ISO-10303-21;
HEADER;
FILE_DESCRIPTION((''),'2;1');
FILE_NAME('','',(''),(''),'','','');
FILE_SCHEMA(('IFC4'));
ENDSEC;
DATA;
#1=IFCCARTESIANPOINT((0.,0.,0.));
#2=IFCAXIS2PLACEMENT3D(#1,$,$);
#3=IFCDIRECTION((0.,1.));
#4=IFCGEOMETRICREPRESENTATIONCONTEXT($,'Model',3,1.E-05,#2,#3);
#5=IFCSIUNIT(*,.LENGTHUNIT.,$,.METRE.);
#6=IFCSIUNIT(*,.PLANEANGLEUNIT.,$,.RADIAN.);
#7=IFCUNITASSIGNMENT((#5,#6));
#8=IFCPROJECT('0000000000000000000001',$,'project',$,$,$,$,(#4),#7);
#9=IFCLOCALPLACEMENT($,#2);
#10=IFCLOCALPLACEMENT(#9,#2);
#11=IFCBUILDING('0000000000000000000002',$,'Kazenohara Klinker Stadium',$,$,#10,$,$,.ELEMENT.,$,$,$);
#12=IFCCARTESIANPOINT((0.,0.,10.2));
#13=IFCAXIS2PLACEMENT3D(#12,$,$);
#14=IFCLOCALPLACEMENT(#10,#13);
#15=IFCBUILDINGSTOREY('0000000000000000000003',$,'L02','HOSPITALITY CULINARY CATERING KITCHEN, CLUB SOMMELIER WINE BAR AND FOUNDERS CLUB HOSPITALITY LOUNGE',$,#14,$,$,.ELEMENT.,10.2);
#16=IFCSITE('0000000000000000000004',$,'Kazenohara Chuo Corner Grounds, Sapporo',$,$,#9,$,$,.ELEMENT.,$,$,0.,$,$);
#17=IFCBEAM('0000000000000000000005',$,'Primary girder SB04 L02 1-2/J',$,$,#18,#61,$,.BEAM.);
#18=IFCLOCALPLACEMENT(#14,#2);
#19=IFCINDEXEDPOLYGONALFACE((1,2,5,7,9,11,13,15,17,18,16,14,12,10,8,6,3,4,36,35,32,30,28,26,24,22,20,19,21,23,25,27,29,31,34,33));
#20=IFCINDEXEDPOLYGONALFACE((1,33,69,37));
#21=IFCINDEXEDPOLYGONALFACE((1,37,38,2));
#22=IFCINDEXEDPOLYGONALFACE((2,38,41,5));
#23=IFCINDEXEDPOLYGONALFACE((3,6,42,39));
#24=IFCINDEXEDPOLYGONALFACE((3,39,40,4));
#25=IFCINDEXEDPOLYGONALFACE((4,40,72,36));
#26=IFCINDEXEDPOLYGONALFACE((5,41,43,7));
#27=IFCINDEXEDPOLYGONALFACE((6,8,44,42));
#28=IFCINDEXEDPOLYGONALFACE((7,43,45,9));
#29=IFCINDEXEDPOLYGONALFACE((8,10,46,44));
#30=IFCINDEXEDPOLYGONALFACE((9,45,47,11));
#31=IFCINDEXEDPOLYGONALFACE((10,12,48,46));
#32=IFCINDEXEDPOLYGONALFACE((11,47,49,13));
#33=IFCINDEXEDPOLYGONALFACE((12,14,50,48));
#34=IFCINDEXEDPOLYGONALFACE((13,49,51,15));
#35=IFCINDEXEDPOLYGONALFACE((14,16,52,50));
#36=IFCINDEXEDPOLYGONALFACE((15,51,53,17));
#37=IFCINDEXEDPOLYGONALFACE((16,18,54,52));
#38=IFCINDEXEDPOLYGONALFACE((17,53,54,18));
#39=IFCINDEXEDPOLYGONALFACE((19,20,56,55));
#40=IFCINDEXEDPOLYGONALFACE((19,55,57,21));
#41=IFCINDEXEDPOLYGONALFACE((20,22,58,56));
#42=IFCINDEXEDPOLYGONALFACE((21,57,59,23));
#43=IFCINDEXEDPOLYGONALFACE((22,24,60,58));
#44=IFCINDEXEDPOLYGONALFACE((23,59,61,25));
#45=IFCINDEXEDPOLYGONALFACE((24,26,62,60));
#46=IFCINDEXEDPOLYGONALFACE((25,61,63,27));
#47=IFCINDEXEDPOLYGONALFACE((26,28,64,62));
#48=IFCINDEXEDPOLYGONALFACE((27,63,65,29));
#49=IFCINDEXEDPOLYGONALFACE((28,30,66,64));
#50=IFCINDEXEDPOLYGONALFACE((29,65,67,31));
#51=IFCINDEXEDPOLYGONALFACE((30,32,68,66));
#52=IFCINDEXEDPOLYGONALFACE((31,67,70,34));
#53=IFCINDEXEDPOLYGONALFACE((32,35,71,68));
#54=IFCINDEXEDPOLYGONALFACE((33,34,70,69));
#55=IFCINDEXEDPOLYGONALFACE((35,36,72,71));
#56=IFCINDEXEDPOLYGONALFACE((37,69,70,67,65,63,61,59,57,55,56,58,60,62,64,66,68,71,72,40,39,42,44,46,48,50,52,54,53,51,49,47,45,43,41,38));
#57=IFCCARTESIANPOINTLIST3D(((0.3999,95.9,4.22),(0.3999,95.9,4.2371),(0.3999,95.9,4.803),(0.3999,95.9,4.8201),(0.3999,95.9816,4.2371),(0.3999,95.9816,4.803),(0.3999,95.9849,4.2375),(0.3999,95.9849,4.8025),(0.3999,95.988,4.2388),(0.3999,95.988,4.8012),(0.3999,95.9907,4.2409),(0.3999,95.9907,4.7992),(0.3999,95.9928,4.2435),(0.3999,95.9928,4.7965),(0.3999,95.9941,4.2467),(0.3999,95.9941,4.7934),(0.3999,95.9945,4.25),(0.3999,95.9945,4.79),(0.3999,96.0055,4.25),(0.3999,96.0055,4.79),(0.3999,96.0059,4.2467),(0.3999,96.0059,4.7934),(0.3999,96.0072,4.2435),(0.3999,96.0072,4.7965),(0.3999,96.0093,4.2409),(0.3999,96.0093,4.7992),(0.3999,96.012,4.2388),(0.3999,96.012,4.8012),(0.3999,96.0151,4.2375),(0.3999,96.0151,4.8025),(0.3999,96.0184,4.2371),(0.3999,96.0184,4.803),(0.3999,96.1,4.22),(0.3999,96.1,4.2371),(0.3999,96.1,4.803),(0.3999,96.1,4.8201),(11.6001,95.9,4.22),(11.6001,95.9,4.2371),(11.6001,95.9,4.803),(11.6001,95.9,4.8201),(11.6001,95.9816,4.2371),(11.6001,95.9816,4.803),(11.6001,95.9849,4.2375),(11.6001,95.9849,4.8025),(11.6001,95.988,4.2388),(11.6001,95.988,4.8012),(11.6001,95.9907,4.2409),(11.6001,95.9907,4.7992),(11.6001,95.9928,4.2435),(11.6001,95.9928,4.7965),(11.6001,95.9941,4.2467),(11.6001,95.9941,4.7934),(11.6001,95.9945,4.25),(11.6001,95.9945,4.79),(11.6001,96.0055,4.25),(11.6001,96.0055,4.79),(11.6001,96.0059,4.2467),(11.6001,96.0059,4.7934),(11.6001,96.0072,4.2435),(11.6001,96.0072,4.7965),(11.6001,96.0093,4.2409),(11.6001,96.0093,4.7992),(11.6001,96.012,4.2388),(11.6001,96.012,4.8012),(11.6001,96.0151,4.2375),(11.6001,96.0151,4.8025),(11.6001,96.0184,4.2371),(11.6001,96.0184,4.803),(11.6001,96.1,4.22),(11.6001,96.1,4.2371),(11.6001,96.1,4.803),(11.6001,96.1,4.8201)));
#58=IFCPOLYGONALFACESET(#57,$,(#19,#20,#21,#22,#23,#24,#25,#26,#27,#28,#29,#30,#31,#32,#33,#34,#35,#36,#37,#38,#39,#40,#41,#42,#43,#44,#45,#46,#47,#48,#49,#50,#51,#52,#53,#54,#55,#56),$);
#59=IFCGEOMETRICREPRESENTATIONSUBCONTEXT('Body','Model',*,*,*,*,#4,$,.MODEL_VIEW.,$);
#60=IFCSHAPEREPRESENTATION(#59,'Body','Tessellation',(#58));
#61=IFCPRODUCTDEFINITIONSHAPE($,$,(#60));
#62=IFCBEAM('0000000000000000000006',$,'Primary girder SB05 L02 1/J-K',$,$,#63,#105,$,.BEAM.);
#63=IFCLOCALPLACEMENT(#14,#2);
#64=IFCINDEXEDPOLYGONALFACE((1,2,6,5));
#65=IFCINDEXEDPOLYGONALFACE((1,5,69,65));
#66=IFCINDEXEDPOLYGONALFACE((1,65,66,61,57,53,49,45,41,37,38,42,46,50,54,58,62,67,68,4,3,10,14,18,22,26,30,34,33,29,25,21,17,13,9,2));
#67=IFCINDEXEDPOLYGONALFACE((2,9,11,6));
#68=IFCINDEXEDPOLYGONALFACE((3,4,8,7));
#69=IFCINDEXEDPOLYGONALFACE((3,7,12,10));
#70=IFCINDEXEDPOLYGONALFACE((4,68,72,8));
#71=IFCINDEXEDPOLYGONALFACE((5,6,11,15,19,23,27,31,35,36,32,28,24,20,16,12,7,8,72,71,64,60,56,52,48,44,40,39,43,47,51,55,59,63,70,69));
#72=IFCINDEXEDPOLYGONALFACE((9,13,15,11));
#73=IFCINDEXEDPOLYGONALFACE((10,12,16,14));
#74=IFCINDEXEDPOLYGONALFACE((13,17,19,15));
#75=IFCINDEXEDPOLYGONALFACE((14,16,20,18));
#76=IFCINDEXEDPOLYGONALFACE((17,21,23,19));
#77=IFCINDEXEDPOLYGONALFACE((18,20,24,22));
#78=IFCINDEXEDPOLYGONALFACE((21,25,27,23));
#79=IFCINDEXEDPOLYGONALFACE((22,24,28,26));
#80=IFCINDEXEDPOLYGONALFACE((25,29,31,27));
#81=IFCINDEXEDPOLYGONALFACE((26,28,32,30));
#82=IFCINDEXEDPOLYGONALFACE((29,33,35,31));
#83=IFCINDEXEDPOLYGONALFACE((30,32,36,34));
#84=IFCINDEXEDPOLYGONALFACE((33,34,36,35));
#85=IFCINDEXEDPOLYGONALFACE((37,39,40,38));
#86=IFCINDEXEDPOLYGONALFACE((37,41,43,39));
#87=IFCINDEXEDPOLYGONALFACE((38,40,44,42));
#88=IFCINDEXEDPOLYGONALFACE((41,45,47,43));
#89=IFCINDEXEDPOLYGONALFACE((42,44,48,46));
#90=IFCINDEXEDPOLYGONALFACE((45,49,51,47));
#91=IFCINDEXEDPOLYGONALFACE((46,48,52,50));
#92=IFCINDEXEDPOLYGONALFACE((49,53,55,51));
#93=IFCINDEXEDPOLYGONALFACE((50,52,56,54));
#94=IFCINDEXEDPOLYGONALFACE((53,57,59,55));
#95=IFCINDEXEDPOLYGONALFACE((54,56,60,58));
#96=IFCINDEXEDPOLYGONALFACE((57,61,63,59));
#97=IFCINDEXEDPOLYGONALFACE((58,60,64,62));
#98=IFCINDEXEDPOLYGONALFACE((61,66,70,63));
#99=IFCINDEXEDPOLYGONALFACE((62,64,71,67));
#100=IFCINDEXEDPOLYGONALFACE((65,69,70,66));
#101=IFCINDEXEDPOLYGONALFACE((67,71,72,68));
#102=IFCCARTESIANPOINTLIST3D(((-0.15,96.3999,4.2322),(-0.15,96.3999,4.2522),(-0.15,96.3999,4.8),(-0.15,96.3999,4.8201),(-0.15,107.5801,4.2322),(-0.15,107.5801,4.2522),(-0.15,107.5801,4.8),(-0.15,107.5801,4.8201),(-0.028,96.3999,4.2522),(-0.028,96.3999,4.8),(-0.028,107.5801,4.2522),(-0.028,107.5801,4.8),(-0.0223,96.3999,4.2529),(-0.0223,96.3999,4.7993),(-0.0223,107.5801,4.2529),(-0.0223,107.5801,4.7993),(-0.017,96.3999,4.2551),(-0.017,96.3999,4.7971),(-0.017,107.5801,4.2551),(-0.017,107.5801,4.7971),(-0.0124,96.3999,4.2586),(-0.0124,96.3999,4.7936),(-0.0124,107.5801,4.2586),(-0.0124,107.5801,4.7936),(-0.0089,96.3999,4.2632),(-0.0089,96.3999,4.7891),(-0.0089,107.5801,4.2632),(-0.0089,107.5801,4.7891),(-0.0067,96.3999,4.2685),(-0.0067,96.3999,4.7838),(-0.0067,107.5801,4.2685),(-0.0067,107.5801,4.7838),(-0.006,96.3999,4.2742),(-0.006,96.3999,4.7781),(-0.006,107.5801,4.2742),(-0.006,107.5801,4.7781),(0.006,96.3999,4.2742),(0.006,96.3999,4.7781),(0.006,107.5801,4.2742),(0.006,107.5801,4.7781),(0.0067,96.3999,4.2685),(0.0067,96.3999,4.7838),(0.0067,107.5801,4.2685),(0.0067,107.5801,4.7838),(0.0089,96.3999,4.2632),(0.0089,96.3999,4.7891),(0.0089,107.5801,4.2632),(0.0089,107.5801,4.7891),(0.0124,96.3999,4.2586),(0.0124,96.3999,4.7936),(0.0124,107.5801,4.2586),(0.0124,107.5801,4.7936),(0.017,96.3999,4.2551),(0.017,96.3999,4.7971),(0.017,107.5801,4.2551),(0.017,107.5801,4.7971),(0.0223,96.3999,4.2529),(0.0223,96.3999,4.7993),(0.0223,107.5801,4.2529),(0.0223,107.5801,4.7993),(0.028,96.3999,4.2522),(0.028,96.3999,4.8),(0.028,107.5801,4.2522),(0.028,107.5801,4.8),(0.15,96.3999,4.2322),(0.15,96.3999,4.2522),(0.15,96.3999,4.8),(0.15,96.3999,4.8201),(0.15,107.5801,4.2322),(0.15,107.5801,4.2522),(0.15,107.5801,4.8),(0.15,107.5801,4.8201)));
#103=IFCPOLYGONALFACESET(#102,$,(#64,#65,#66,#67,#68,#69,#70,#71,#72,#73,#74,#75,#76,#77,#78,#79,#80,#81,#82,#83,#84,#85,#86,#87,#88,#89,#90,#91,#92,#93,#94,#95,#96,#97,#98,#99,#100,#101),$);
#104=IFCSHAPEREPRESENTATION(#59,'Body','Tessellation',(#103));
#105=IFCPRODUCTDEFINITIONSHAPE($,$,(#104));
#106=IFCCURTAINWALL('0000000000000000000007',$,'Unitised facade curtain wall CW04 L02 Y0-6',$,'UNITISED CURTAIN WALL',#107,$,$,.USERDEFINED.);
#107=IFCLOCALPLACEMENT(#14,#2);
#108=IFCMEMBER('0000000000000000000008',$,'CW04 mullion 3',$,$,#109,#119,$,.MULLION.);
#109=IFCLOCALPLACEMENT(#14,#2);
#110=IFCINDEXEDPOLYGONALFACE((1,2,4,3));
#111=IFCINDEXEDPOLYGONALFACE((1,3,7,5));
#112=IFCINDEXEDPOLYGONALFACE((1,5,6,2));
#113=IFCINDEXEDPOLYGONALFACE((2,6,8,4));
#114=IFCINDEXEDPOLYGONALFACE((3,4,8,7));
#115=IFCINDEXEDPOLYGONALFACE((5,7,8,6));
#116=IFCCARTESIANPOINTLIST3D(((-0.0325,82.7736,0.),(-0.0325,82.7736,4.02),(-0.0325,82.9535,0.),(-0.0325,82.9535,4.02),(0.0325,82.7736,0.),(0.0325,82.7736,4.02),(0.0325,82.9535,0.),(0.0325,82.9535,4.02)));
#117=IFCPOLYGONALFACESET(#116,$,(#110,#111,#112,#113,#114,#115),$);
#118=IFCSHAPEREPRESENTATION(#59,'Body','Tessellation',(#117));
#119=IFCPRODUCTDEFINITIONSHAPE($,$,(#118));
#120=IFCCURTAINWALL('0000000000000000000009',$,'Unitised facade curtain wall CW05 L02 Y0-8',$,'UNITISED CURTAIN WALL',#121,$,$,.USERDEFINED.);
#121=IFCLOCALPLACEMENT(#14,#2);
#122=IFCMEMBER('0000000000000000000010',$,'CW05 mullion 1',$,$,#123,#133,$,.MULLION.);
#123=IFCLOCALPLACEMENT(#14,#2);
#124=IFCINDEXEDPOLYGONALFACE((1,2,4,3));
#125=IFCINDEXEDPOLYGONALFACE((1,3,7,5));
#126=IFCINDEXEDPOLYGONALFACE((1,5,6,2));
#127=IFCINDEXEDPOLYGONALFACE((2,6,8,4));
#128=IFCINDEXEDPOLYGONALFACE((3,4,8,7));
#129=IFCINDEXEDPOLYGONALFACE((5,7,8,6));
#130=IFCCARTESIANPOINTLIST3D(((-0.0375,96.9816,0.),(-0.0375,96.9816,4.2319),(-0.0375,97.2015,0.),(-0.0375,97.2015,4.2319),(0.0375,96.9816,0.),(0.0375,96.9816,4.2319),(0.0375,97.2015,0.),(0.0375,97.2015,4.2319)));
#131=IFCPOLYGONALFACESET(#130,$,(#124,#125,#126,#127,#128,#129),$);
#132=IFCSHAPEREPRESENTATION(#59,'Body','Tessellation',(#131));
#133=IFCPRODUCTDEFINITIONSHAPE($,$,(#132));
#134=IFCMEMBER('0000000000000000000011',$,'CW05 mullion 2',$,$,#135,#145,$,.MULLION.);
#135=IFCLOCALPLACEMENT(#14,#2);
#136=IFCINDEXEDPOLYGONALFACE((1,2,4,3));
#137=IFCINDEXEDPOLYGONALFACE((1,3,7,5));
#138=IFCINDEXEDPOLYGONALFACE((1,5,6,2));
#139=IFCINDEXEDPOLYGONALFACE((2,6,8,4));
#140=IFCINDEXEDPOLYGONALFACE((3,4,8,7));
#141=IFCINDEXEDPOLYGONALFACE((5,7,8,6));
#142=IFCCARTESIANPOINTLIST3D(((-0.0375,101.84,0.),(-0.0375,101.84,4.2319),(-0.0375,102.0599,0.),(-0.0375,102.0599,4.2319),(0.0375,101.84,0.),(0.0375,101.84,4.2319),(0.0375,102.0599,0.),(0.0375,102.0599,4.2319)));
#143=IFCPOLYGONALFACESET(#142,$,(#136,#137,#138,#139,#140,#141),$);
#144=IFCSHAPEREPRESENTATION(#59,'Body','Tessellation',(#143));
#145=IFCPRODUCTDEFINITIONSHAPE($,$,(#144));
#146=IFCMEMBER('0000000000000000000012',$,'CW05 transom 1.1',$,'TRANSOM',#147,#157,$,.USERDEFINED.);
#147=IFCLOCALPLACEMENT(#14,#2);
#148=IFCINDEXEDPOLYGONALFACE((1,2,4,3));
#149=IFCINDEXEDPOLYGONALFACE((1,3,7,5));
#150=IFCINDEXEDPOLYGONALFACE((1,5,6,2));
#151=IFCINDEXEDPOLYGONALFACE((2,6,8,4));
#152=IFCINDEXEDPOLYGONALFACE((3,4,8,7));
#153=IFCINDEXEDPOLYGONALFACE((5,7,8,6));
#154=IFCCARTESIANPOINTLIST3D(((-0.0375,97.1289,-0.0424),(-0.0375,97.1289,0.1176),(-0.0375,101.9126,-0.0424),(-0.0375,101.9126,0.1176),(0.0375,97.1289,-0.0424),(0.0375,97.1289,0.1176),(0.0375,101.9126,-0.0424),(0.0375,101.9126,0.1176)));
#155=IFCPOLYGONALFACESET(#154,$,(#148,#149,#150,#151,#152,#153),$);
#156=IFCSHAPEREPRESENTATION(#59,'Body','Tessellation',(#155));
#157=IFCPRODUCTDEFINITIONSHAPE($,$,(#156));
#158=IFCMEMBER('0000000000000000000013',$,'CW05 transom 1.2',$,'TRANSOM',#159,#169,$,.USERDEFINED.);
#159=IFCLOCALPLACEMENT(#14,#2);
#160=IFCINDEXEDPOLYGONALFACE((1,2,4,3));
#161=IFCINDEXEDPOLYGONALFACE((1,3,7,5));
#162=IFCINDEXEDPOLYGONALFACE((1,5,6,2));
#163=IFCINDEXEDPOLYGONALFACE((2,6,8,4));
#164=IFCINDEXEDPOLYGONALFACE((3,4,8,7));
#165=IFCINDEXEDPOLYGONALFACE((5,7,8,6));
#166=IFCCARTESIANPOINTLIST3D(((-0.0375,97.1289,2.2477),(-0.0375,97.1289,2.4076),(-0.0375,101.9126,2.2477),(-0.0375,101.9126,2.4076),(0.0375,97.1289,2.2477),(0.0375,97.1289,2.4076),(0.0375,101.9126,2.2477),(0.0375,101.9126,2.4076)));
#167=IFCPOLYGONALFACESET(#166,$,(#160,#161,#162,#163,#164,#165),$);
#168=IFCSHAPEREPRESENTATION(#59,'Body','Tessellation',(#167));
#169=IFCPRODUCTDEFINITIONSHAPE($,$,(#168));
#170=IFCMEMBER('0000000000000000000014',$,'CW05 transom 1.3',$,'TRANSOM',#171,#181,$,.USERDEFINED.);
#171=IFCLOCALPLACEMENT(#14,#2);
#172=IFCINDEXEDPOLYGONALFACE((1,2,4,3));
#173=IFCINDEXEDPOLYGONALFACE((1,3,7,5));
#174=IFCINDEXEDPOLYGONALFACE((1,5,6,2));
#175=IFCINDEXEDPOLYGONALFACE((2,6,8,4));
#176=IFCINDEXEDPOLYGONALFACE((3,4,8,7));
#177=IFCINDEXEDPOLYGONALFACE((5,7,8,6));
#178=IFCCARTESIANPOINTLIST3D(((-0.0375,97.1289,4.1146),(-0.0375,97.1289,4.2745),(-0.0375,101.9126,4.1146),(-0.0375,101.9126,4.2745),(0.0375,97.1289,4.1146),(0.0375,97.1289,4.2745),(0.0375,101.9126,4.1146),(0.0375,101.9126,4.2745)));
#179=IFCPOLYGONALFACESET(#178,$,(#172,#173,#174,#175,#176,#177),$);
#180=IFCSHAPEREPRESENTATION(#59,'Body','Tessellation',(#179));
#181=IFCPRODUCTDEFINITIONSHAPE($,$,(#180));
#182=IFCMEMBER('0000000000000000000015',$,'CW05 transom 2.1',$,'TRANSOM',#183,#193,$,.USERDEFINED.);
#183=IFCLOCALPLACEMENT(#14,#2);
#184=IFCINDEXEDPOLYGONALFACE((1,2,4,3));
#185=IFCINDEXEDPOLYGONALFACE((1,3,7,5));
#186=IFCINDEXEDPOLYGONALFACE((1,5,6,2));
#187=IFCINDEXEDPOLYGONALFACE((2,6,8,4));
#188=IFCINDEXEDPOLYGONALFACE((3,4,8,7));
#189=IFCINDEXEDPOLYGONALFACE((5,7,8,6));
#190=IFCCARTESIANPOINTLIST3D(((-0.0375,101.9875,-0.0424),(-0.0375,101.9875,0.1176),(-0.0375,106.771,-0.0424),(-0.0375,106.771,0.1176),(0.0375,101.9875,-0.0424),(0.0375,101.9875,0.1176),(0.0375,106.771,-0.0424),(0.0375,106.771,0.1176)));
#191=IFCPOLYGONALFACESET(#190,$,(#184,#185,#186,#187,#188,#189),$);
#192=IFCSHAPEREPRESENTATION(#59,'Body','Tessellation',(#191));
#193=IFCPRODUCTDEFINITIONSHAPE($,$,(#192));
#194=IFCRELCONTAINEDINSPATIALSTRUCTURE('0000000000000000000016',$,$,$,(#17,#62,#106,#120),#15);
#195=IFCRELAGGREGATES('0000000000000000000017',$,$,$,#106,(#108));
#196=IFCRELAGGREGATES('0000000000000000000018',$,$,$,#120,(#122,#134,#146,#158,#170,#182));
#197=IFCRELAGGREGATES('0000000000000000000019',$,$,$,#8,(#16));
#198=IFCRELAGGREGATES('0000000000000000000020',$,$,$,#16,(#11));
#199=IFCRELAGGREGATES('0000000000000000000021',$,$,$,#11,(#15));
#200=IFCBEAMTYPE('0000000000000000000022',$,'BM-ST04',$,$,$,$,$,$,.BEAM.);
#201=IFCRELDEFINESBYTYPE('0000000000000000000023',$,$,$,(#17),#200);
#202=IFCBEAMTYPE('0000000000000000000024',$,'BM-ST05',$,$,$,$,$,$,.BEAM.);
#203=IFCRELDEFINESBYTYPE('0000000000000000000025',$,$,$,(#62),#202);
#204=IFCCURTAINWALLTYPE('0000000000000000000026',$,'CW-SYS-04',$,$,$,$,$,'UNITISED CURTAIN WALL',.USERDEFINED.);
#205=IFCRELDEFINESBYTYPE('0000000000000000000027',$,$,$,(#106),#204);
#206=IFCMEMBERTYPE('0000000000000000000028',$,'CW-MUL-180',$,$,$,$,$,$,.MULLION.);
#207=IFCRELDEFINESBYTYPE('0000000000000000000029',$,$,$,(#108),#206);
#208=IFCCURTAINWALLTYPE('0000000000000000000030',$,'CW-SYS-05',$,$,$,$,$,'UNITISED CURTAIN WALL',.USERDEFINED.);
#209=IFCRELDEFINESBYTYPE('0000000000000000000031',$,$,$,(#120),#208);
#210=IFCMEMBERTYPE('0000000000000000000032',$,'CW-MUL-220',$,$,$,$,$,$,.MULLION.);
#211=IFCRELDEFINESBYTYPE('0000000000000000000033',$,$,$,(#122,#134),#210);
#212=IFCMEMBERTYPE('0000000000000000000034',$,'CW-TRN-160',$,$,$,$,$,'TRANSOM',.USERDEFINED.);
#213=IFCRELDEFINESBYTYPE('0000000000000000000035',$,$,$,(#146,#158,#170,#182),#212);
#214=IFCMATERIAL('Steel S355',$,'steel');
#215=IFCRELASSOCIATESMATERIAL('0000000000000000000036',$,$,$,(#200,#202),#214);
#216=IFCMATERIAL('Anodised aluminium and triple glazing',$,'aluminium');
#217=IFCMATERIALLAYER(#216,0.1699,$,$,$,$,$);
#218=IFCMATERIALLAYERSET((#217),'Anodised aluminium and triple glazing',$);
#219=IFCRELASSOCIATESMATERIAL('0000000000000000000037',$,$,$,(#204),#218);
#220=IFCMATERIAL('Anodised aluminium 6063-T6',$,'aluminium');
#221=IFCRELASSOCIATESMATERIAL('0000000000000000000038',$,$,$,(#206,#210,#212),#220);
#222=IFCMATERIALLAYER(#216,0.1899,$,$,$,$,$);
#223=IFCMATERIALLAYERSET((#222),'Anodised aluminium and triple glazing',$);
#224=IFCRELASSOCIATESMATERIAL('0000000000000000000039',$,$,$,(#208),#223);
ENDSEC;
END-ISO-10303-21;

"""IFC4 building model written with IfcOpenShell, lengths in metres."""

from ifc_helpers import new_model, si_unit, direction, frame, origin, origin_2d, place, context, subcontext, project, spatial, rectangle, i_section, extrude, material, layer, layer_set, material_profile, profile_set, type_object, element, aggregate, save


model = new_model("IFC4")

# Units and contexts
model_context = context("Model", 3, precision=1e-05, world=origin(), true_north=direction((0.0, 1.0)))
body_context = subcontext(model_context, "Body", "Model", "MODEL_VIEW")
ifc_project = project(units=[si_unit("LENGTHUNIT", "METRE"), si_unit("PLANEANGLEUNIT", "RADIAN")], contexts=[model_context])

# Site, building, storey
site_placement = place(None, origin())
site = spatial("IfcSite", under=ifc_project, at=site_placement, Name="Kazenohara Chuo Corner Grounds, Sapporo", CompositionType="ELEMENT", RefElevation=0.0)
building_placement = place(site_placement, origin())
building = spatial("IfcBuilding", under=site, at=building_placement, Name="Kazenohara Klinker Stadium", CompositionType="ELEMENT")
storey_placement = place(building_placement, frame((0.0, 0.0, 10.2)))
storey = spatial("IfcBuildingStorey", under=building, at=storey_placement, Name="L02", Description="HOSPITALITY CULINARY CATERING KITCHEN, CLUB SOMMELIER WINE BAR AND FOUNDERS CLUB HOSPITALITY LOUNGE", CompositionType="ELEMENT", Elevation=10.2)

# Beams
ifc_material_1 = material(Name="Steel S355", Category="steel")
ifc_material_profile_1 = material_profile(ifc_material_1, i_section(OverallWidth=0.2, OverallDepth=0.6001, WebThickness=0.011, FlangeThickness=0.0171, FilletRadius=0.0129, at=origin_2d()), Name="H-600x200x11x17")
ifc_profile_set_1 = profile_set([ifc_material_profile_1], Name="Steel S355")
beam_type_1 = type_object("IfcBeamType", Name="BM-ST04", PredefinedType="BEAM", material=ifc_profile_set_1)
beam_1_placement = place(storey_placement, frame((0.3999, 96.0, 4.52), z_axis=(1.0, 0.0, 0.0), x_axis=(0.0, 1.0, 0.0)))
element("IfcBeam", 1, at=beam_1_placement, inside=storey, type_object=beam_type_1, Name="Primary girder SB04 L02 1-2/J", PredefinedType="BEAM", context=body_context, shape_type="SweptSolid", body=[
    extrude(i_section(OverallWidth=0.2, OverallDepth=0.6001, WebThickness=0.011, FlangeThickness=0.0171, FilletRadius=0.0129, at=origin_2d()), origin(), (0.0, 0.0, 1.0), 11.2002),
])
ifc_material_profile_2 = material_profile(ifc_material_1, i_section(OverallWidth=0.3, OverallDepth=0.5879, WebThickness=0.012, FlangeThickness=0.02, FilletRadius=0.022, at=origin_2d()), Name="H-588x300x12x20")
ifc_profile_set_2 = profile_set([ifc_material_profile_2], Name="Steel S355")
beam_type_2 = type_object("IfcBeamType", Name="BM-ST05", PredefinedType="BEAM", material=ifc_profile_set_2)
beam_2_placement = place(storey_placement, frame((0.0, 96.3999, 4.5261), z_axis=(0.0, 1.0, 0.0), x_axis=(-1.0, 0.0, 0.0)))
element("IfcBeam", 2, at=beam_2_placement, inside=storey, type_object=beam_type_2, Name="Primary girder SB05 L02 1/J-K", PredefinedType="BEAM", context=body_context, shape_type="SweptSolid", body=[
    extrude(i_section(OverallWidth=0.3, OverallDepth=0.5879, WebThickness=0.012, FlangeThickness=0.02, FilletRadius=0.022, at=origin_2d()), origin(), (0.0, 0.0, 1.0), 11.1802),
])

# Curtain wall, member
ifc_material_2 = material(Name="Anodised aluminium and triple glazing", Category="aluminium")
ifc_layer_1 = layer(ifc_material_2, 0.1699)
ifc_layer_set_1 = layer_set([ifc_layer_1], Name="Anodised aluminium and triple glazing")
curtain_wall_type_1 = type_object("IfcCurtainWallType", Name="CW-SYS-04", ElementType="UNITISED CURTAIN WALL", PredefinedType="USERDEFINED", material=ifc_layer_set_1)
curtain_wall_1_placement = place(storey_placement, origin())
curtain_wall_1 = element("IfcCurtainWall", 3, at=curtain_wall_1_placement, inside=storey, type_object=curtain_wall_type_1, Name="Unitised facade curtain wall CW04 L02 Y0-6", ObjectType="UNITISED CURTAIN WALL", PredefinedType="USERDEFINED")
ifc_material_3 = material(Name="Anodised aluminium 6063-T6", Category="aluminium")
ifc_material_profile_3 = material_profile(ifc_material_3, rectangle(XDim=0.0649, YDim=0.1799, at=origin_2d()), Name="ALU-MUL-65x180")
ifc_profile_set_3 = profile_set([ifc_material_profile_3], Name="Anodised aluminium 6063-T6")
member_type_1 = type_object("IfcMemberType", Name="CW-MUL-180", PredefinedType="MULLION", material=ifc_profile_set_3)
member_1_placement = place(storey_placement, frame((0.0, 82.8635, 0.0), z_axis=(0.0, 0.0, 1.0), x_axis=(-1.0, 0.0, 0.0)))
member_1 = element("IfcMember", 4, at=member_1_placement, type_object=member_type_1, Name="CW04 mullion 3", PredefinedType="MULLION", context=body_context, shape_type="SweptSolid", body=[
    extrude(rectangle(XDim=0.0649, YDim=0.1799, at=origin_2d()), origin(), (0.0, 0.0, 1.0), 4.02),
])

# Curtain wall, members
ifc_layer_2 = layer(ifc_material_2, 0.1899)
ifc_layer_set_2 = layer_set([ifc_layer_2], Name="Anodised aluminium and triple glazing")
curtain_wall_type_2 = type_object("IfcCurtainWallType", Name="CW-SYS-05", ElementType="UNITISED CURTAIN WALL", PredefinedType="USERDEFINED", material=ifc_layer_set_2)
curtain_wall_2_placement = place(storey_placement, origin())
curtain_wall_2 = element("IfcCurtainWall", 5, at=curtain_wall_2_placement, inside=storey, type_object=curtain_wall_type_2, Name="Unitised facade curtain wall CW05 L02 Y0-8", ObjectType="UNITISED CURTAIN WALL", PredefinedType="USERDEFINED")
ifc_material_profile_4 = material_profile(ifc_material_3, rectangle(XDim=0.075, YDim=0.22, at=origin_2d()), Name="ALU-MUL-75x220")
ifc_profile_set_4 = profile_set([ifc_material_profile_4], Name="Anodised aluminium 6063-T6")
member_type_2 = type_object("IfcMemberType", Name="CW-MUL-220", PredefinedType="MULLION", material=ifc_profile_set_4)
member_2_placement = place(storey_placement, frame((0.0, 97.0916, 0.0), z_axis=(0.0, 0.0, 1.0), x_axis=(-1.0, 0.0, 0.0)))
member_2 = element("IfcMember", 6, at=member_2_placement, type_object=member_type_2, Name="CW05 mullion 1", PredefinedType="MULLION", context=body_context, shape_type="SweptSolid", body=[
    extrude(rectangle(XDim=0.075, YDim=0.22, at=origin_2d()), origin(), (0.0, 0.0, 1.0), 4.2319),
])
member_3_placement = place(storey_placement, frame((0.0, 101.95, 0.0), z_axis=(0.0, 0.0, 1.0), x_axis=(-1.0, 0.0, 0.0)))
member_3 = element("IfcMember", 7, at=member_3_placement, type_object=member_type_2, Name="CW05 mullion 2", PredefinedType="MULLION", context=body_context, shape_type="SweptSolid", body=[
    extrude(rectangle(XDim=0.075, YDim=0.22, at=origin_2d()), origin(), (0.0, 0.0, 1.0), 4.2319),
])
ifc_material_profile_5 = material_profile(ifc_material_3, rectangle(XDim=0.075, YDim=0.1599, at=origin_2d()), Name="ALU-TRN-75x160")
ifc_profile_set_5 = profile_set([ifc_material_profile_5], Name="Anodised aluminium 6063-T6")
member_type_3 = type_object("IfcMemberType", Name="CW-TRN-160", ElementType="TRANSOM", PredefinedType="USERDEFINED", material=ifc_profile_set_5)
member_4_placement = place(storey_placement, frame((0.0, 97.1289, 0.0376), z_axis=(0.0, 1.0, 0.0), x_axis=(-1.0, 0.0, 0.0)))
member_4 = element("IfcMember", 8, at=member_4_placement, type_object=member_type_3, Name="CW05 transom 1.1", ObjectType="TRANSOM", PredefinedType="USERDEFINED", context=body_context, shape_type="SweptSolid", body=[
    extrude(rectangle(XDim=0.075, YDim=0.1599, at=origin_2d()), origin(), (0.0, 0.0, 1.0), 4.7837),
])
member_5_placement = place(storey_placement, frame((0.0, 97.1289, 2.3276), z_axis=(0.0, 1.0, 0.0), x_axis=(-1.0, 0.0, 0.0)))
member_5 = element("IfcMember", 9, at=member_5_placement, type_object=member_type_3, Name="CW05 transom 1.2", ObjectType="TRANSOM", PredefinedType="USERDEFINED", context=body_context, shape_type="SweptSolid", body=[
    extrude(rectangle(XDim=0.075, YDim=0.1599, at=origin_2d()), origin(), (0.0, 0.0, 1.0), 4.7837),
])
member_6_placement = place(storey_placement, frame((0.0, 97.1289, 4.1946), z_axis=(0.0, 1.0, 0.0), x_axis=(-1.0, 0.0, 0.0)))
member_6 = element("IfcMember", 10, at=member_6_placement, type_object=member_type_3, Name="CW05 transom 1.3", ObjectType="TRANSOM", PredefinedType="USERDEFINED", context=body_context, shape_type="SweptSolid", body=[
    extrude(rectangle(XDim=0.075, YDim=0.1599, at=origin_2d()), origin(), (0.0, 0.0, 1.0), 4.7837),
])
member_7_placement = place(storey_placement, frame((0.0, 101.9875, 0.0376), z_axis=(0.0, 1.0, 0.0), x_axis=(-1.0, 0.0, 0.0)))
member_7 = element("IfcMember", 11, at=member_7_placement, type_object=member_type_3, Name="CW05 transom 2.1", ObjectType="TRANSOM", PredefinedType="USERDEFINED", context=body_context, shape_type="SweptSolid", body=[
    extrude(rectangle(XDim=0.075, YDim=0.1599, at=origin_2d()), origin(), (0.0, 0.0, 1.0), 4.7834),
])

aggregate(curtain_wall_1, [member_1])
aggregate(curtain_wall_2, [member_2, member_3, member_4, member_5, member_6, member_7])

save(model, "model.ifc")
